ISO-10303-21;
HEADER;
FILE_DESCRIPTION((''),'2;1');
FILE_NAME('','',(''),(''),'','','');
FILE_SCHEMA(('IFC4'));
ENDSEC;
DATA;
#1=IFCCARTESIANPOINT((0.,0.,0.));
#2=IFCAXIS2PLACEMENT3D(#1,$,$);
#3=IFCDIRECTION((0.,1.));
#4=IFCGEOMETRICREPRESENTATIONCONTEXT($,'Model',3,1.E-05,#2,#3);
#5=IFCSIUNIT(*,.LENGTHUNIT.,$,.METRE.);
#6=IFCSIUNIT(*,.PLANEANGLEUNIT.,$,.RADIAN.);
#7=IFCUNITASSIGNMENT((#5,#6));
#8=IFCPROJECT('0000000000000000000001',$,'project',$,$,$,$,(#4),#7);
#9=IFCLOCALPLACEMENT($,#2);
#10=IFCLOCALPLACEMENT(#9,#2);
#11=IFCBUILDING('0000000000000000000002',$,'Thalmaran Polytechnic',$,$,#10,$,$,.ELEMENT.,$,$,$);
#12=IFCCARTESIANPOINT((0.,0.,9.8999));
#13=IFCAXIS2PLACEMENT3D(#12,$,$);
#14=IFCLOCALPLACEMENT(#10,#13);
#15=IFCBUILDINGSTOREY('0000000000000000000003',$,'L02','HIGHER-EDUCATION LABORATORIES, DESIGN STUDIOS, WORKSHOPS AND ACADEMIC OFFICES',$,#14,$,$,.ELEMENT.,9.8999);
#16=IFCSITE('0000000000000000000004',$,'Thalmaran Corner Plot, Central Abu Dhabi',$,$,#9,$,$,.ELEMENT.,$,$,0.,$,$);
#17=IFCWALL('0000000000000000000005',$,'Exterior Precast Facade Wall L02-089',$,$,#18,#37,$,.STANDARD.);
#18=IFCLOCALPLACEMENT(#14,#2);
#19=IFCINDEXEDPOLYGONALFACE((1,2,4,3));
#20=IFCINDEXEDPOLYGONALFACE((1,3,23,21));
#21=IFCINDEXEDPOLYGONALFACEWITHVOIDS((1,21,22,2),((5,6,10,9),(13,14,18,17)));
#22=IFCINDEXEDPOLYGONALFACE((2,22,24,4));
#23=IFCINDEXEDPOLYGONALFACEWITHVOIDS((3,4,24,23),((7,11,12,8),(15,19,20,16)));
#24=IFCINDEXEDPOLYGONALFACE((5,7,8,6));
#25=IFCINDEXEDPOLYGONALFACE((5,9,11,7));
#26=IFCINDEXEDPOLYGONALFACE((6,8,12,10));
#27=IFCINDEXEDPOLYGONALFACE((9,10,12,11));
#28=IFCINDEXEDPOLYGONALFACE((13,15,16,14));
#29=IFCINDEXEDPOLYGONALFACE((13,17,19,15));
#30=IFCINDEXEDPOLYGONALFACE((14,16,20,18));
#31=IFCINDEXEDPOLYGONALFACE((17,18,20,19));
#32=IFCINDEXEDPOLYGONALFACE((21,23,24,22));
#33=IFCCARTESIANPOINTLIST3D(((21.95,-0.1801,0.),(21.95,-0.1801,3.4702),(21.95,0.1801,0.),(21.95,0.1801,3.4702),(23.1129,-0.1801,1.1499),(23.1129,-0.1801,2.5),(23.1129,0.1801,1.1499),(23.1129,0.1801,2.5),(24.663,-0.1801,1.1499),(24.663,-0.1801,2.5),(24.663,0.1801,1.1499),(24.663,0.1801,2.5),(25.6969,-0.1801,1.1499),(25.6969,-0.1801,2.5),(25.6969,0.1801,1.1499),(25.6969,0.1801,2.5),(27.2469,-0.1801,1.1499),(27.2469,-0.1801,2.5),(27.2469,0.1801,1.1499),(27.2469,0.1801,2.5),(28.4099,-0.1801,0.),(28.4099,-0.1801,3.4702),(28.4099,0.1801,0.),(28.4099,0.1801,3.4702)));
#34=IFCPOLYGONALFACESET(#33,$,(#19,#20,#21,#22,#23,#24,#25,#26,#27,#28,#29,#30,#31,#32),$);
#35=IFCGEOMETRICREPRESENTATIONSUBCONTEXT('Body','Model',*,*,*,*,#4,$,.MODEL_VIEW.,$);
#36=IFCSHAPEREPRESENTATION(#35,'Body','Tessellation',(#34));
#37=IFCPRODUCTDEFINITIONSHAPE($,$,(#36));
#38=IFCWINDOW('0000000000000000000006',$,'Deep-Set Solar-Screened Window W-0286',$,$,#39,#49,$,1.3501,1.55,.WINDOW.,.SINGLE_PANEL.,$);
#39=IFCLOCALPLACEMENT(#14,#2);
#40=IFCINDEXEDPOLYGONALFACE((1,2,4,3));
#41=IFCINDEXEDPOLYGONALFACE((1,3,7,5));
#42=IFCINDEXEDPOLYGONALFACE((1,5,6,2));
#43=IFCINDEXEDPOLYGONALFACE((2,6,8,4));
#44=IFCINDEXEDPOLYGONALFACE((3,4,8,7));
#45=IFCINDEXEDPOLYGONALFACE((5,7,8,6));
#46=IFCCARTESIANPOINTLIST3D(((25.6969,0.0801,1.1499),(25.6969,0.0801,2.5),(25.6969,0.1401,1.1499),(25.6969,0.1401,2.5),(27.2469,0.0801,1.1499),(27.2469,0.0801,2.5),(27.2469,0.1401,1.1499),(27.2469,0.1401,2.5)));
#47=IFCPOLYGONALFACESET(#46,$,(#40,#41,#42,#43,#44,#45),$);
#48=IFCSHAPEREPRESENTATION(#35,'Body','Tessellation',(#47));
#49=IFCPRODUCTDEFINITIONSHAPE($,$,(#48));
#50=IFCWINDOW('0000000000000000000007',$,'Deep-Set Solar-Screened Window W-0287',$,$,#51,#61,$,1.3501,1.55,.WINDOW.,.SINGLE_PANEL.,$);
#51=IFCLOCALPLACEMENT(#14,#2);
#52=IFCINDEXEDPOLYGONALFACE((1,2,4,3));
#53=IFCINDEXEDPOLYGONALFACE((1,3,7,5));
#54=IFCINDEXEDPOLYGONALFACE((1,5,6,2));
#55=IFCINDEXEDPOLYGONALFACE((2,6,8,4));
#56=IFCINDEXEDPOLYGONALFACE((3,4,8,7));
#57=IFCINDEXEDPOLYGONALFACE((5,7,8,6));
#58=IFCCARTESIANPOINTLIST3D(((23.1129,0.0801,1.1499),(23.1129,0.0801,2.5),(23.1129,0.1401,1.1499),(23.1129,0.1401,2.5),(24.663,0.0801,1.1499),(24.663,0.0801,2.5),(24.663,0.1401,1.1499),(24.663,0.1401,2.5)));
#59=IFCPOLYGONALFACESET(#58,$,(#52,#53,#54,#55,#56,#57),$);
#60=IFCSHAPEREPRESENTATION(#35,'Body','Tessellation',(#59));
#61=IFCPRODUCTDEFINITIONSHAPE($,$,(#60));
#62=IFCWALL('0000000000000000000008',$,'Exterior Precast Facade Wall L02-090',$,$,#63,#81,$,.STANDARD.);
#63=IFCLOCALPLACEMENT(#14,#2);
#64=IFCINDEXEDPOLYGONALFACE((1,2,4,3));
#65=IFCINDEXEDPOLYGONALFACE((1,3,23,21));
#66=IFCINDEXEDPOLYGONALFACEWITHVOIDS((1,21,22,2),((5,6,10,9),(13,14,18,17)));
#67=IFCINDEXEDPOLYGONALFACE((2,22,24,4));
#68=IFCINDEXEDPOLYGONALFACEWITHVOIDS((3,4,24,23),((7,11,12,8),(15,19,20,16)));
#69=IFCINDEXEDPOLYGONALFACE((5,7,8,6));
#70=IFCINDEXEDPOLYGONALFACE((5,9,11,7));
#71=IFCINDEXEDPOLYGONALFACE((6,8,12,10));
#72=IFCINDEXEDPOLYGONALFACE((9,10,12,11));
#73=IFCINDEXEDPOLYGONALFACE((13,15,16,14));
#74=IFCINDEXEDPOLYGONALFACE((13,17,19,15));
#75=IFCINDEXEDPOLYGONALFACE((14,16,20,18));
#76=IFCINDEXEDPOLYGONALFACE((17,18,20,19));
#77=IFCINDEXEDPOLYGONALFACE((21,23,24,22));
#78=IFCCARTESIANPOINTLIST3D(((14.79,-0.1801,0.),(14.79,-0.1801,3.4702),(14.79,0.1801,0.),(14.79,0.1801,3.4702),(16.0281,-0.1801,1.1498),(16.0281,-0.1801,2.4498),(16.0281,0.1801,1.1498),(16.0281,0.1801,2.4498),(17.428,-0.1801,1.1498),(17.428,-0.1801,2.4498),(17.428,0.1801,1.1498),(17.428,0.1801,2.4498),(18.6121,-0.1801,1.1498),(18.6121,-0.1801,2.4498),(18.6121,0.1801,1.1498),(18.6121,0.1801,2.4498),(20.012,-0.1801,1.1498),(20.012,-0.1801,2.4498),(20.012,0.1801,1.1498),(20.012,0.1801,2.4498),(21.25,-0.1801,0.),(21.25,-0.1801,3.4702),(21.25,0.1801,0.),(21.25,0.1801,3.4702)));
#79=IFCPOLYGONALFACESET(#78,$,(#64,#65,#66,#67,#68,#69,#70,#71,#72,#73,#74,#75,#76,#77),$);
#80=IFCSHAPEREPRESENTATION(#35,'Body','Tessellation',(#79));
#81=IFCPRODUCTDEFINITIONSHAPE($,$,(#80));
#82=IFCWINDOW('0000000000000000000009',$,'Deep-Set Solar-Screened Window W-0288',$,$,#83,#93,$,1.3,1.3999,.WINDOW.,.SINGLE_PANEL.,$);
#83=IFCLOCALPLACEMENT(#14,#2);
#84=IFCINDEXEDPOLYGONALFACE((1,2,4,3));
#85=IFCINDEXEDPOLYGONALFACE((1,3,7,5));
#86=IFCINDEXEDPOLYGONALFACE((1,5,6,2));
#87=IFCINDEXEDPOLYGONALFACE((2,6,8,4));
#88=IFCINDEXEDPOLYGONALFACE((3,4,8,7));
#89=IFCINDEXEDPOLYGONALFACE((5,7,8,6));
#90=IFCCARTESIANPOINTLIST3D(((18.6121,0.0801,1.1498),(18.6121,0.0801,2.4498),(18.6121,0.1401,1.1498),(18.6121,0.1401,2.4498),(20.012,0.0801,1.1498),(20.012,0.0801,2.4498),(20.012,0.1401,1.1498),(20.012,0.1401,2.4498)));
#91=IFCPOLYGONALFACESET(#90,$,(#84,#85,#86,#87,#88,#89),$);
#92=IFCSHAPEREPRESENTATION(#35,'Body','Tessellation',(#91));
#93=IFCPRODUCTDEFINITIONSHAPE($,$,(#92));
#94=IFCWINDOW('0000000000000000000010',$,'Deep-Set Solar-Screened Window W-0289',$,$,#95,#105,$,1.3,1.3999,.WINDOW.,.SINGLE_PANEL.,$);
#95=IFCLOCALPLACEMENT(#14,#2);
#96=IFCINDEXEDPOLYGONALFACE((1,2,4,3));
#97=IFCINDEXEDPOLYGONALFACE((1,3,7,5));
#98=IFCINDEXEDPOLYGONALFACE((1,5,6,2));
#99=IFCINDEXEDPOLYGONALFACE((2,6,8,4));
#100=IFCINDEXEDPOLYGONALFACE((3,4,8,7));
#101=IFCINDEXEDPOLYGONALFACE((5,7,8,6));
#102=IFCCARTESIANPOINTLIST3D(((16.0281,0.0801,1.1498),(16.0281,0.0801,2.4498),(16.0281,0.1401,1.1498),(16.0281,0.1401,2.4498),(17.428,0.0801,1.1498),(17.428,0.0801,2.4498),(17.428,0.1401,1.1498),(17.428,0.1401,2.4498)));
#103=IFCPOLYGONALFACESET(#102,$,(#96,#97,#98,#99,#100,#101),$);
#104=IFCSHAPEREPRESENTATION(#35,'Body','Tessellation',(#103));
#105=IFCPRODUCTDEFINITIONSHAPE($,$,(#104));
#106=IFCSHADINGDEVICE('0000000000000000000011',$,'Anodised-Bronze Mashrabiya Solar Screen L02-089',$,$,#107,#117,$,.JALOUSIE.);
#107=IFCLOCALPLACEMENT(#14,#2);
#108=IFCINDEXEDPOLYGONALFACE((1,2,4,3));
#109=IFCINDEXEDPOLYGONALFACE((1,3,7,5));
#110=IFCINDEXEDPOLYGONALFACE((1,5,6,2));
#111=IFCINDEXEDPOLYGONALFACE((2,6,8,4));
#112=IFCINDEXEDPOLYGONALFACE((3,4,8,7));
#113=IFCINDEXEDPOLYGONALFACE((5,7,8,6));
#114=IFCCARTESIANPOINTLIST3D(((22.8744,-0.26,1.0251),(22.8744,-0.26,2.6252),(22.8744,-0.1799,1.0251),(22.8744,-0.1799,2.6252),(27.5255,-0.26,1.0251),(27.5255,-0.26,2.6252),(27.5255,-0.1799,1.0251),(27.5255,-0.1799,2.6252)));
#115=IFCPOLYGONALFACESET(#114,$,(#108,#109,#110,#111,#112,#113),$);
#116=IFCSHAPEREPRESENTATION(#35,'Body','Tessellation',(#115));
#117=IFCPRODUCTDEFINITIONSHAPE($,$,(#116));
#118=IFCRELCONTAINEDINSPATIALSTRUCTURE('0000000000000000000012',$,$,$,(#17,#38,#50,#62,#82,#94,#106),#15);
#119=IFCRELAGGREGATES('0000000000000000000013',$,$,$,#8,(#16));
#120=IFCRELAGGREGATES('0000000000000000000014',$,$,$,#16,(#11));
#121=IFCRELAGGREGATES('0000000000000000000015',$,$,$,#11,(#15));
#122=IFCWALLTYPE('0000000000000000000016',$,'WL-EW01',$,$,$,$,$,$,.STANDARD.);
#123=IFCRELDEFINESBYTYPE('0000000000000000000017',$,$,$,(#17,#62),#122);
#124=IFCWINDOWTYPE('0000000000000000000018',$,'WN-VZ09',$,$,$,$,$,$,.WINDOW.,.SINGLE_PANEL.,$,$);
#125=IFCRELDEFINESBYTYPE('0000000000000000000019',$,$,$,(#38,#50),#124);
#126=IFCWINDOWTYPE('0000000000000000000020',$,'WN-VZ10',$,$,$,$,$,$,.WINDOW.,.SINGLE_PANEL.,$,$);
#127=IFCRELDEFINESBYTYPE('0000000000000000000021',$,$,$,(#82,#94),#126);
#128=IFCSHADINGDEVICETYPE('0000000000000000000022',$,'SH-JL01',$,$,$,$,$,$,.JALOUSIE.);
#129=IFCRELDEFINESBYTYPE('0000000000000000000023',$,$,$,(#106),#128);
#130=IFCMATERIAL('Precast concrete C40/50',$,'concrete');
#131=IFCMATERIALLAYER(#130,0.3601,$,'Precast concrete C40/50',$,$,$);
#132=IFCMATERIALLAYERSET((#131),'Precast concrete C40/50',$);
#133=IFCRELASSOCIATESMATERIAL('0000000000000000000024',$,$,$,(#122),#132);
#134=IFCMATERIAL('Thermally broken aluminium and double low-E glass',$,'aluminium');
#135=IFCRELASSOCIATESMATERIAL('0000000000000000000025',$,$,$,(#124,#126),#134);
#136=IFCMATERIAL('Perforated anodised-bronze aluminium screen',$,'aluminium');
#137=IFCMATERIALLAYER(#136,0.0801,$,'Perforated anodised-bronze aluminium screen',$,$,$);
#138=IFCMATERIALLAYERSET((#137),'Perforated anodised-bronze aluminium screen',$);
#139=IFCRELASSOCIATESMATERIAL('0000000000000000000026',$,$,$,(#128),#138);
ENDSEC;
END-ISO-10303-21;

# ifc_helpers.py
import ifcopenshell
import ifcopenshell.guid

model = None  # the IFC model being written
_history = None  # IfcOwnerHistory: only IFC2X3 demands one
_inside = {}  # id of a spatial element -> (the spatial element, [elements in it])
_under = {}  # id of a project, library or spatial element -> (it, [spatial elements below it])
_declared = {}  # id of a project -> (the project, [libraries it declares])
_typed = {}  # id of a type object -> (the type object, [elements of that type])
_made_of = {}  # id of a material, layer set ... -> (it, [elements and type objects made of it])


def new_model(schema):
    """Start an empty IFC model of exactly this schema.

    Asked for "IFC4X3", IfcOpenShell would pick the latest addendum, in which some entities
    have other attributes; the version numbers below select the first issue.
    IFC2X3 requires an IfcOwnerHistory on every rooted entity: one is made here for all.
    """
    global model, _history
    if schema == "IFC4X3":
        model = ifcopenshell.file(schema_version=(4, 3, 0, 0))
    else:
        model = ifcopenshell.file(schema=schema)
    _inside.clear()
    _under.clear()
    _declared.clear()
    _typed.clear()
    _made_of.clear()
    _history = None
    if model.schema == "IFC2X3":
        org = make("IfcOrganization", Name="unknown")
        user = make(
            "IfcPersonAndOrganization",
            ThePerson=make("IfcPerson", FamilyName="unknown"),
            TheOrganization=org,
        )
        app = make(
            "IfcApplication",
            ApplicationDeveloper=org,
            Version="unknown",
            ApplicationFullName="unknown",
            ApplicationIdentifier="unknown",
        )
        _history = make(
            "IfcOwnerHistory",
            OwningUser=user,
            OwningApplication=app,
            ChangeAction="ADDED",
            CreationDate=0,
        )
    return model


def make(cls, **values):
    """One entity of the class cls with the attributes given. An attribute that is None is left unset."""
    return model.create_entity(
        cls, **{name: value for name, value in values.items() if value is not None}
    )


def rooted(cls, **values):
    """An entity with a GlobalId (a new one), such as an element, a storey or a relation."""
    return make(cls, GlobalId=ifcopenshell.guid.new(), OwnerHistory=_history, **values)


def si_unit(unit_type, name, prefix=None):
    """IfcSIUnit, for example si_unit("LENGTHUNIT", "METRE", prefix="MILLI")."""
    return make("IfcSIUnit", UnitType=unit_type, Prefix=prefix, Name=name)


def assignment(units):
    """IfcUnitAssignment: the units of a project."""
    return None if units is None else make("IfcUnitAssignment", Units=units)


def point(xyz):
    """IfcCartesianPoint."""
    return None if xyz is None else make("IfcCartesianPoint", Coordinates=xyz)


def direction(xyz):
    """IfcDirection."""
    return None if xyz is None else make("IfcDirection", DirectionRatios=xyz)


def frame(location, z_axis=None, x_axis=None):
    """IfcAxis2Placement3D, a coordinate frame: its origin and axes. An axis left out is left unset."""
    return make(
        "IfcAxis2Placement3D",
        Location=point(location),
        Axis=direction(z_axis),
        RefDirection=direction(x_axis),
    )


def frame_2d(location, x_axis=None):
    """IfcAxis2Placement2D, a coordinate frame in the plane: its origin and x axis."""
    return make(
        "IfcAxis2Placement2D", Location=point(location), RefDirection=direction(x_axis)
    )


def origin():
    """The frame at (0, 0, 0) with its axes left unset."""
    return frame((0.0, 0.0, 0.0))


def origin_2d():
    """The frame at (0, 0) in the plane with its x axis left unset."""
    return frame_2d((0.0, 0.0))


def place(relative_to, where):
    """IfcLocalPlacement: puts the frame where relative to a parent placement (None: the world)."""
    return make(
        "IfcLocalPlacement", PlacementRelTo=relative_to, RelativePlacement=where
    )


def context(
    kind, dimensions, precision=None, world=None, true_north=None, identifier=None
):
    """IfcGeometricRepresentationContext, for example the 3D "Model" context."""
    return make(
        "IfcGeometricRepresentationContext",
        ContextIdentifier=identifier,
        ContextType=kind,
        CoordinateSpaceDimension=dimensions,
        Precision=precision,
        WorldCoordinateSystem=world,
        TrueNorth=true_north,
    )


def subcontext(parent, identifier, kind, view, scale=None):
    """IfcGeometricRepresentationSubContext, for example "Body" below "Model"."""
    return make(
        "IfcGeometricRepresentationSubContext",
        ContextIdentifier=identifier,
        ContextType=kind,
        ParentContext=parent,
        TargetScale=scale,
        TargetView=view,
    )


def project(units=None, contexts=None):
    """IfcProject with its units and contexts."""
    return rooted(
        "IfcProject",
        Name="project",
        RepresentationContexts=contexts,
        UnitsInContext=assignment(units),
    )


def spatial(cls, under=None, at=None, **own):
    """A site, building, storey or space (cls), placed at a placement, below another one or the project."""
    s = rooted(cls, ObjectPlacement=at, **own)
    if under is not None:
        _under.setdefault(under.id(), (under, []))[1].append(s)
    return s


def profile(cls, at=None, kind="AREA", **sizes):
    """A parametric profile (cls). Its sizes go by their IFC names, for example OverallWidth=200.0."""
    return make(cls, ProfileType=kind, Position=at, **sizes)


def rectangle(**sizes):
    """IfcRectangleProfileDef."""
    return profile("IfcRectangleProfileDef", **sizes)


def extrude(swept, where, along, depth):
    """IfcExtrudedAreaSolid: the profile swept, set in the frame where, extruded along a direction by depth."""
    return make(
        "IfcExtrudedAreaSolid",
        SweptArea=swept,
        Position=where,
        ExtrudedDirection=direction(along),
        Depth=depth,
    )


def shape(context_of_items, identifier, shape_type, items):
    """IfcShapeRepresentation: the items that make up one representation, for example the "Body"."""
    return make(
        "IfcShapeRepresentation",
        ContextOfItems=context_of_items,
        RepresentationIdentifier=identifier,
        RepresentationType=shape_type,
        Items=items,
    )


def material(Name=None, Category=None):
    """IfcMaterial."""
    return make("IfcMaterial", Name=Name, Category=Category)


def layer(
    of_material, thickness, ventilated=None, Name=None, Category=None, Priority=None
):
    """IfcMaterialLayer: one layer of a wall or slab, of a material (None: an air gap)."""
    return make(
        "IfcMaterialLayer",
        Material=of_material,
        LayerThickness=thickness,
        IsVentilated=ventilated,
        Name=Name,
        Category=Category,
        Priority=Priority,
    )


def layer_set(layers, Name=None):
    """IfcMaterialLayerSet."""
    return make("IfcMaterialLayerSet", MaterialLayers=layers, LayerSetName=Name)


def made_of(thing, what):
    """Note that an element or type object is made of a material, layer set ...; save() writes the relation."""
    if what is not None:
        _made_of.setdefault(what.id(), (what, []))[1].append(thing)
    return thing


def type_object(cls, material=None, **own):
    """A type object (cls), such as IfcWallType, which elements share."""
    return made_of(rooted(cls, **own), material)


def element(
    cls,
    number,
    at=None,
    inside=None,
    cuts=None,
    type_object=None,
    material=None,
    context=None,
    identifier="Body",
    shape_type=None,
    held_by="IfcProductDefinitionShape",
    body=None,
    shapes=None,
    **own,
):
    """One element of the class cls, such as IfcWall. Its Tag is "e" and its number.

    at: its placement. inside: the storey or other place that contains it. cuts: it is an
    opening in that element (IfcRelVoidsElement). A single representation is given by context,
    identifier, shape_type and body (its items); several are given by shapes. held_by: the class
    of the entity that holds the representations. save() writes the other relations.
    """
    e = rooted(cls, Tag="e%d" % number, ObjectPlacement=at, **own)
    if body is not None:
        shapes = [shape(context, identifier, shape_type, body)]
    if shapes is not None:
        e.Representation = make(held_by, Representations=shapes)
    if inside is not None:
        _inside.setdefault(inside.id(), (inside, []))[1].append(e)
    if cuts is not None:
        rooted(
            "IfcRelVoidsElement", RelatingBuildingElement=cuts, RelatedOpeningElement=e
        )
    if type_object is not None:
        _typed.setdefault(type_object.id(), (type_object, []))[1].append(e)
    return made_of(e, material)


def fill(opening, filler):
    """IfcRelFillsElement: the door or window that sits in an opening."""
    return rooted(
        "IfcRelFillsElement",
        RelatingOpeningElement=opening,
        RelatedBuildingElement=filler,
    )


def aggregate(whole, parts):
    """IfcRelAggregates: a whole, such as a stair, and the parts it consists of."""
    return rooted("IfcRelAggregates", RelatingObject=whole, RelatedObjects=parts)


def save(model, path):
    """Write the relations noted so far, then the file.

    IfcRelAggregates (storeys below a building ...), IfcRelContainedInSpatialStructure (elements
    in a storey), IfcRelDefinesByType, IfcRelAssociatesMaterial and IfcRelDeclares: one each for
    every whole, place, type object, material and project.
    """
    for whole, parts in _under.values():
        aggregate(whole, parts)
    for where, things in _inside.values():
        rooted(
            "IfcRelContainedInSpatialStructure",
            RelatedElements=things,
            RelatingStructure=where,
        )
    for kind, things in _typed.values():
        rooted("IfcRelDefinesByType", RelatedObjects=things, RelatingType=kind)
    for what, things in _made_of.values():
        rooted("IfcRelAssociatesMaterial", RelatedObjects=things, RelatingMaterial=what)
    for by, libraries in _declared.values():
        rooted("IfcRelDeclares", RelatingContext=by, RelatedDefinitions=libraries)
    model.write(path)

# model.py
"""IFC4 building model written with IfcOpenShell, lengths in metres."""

from ifc_helpers import new_model, si_unit, direction, frame, frame_2d, origin, origin_2d, place, context, subcontext, project, spatial, rectangle, extrude, material, layer, layer_set, type_object, element, fill, save


model = new_model("IFC4")

# Units and contexts
model_context = context("Model", 3, precision=1e-05, world=origin(), true_north=direction((0.0, 1.0)))
body_context = subcontext(model_context, "Body", "Model", "MODEL_VIEW")
ifc_project = project(units=[si_unit("LENGTHUNIT", "METRE"), si_unit("PLANEANGLEUNIT", "RADIAN")], contexts=[model_context])

# Site, building, storey
site_placement = place(None, origin())
site = spatial("IfcSite", under=ifc_project, at=site_placement, Name="Thalmaran Corner Plot, Central Abu Dhabi", CompositionType="ELEMENT", RefElevation=0.0)
building_placement = place(site_placement, origin())
building = spatial("IfcBuilding", under=site, at=building_placement, Name="Thalmaran Polytechnic", CompositionType="ELEMENT")
storey_placement = place(building_placement, frame((0.0, 0.0, 9.8999)))
storey = spatial("IfcBuildingStorey", under=building, at=storey_placement, Name="L02", Description="HIGHER-EDUCATION LABORATORIES, DESIGN STUDIOS, WORKSHOPS AND ACADEMIC OFFICES", CompositionType="ELEMENT", Elevation=9.8999)

# Walls, openings, windows
ifc_material_1 = material(Name="Precast concrete C40/50", Category="concrete")
ifc_layer_1 = layer(ifc_material_1, 0.3601, Name="Precast concrete C40/50")
ifc_layer_set_1 = layer_set([ifc_layer_1], Name="Precast concrete C40/50")
wall_type = type_object("IfcWallType", Name="WL-EW01", PredefinedType="STANDARD", material=ifc_layer_set_1)
wall_1_placement = place(storey_placement, frame((28.4099, 0.0, 0.0), z_axis=(0.0, 0.0, 1.0), x_axis=(-1.0, 0.0, 0.0)))
wall_1 = element("IfcWall", 1, at=wall_1_placement, inside=storey, type_object=wall_type, Name="Exterior Precast Facade Wall L02-089", PredefinedType="STANDARD", context=body_context, shape_type="SweptSolid", body=[
    extrude(rectangle(XDim=6.46, YDim=0.3601, at=frame_2d((3.23, 0.0))), origin(), (0.0, 0.0, 1.0), 3.4702),
])
opening_1_placement = place(wall_1_placement, frame((1.1631, 0.0, 1.1499)))
opening_1 = element("IfcOpeningElement", 2, at=opening_1_placement, cuts=wall_1, PredefinedType="OPENING", context=body_context, shape_type="SweptSolid", body=[
    extrude(rectangle(XDim=1.55, YDim=1.3501, at=frame_2d((0.7749, 0.675))), frame((0.0, 0.1899, 0.0), z_axis=(0.0, -1.0, 0.0), x_axis=(1.0, 0.0, 0.0)), (0.0, 0.0, 1.0), 0.3801),
])
opening_2_placement = place(wall_1_placement, frame((3.7471, 0.0, 1.1499)))
opening_2 = element("IfcOpeningElement", 3, at=opening_2_placement, cuts=wall_1, PredefinedType="OPENING", context=body_context, shape_type="SweptSolid", body=[
    extrude(rectangle(XDim=1.55, YDim=1.3501, at=frame_2d((0.7749, 0.675))), frame((0.0, 0.1899, 0.0), z_axis=(0.0, -1.0, 0.0), x_axis=(1.0, 0.0, 0.0)), (0.0, 0.0, 1.0), 0.3801),
])
ifc_material_2 = material(Name="Thermally broken aluminium and double low-E glass", Category="aluminium")
window_type_1 = type_object("IfcWindowType", Name="WN-VZ09", PartitioningType="SINGLE_PANEL", PredefinedType="WINDOW", material=ifc_material_2)
window_1_placement = place(opening_1_placement, origin())
window_1 = element("IfcWindow", 4, at=window_1_placement, inside=storey, type_object=window_type_1, Name="Deep-Set Solar-Screened Window W-0286", OverallHeight=1.3501, OverallWidth=1.55, PartitioningType="SINGLE_PANEL", PredefinedType="WINDOW", context=body_context, shape_type="SweptSolid", body=[
    extrude(rectangle(XDim=1.55, YDim=1.3501, at=frame_2d((0.7749, 0.675))), frame((0.0, -0.0801, 0.0), z_axis=(0.0, -1.0, 0.0), x_axis=(1.0, 0.0, 0.0)), (0.0, 0.0, 1.0), 0.0601),
])
fill(opening_1, window_1)
window_2_placement = place(opening_2_placement, origin())
window_2 = element("IfcWindow", 5, at=window_2_placement, inside=storey, type_object=window_type_1, Name="Deep-Set Solar-Screened Window W-0287", OverallHeight=1.3501, OverallWidth=1.55, PartitioningType="SINGLE_PANEL", PredefinedType="WINDOW", context=body_context, shape_type="SweptSolid", body=[
    extrude(rectangle(XDim=1.55, YDim=1.3501, at=frame_2d((0.7749, 0.675))), frame((0.0, -0.0801, 0.0), z_axis=(0.0, -1.0, 0.0), x_axis=(1.0, 0.0, 0.0)), (0.0, 0.0, 1.0), 0.0601),
])
fill(opening_2, window_2)
wall_2_placement = place(storey_placement, frame((21.25, 0.0, 0.0), z_axis=(0.0, 0.0, 1.0), x_axis=(-1.0, 0.0, 0.0)))
wall_2 = element("IfcWall", 6, at=wall_2_placement, inside=storey, type_object=wall_type, Name="Exterior Precast Facade Wall L02-090", PredefinedType="STANDARD", context=body_context, shape_type="SweptSolid", body=[
    extrude(rectangle(XDim=6.46, YDim=0.3601, at=frame_2d((3.23, 0.0))), origin(), (0.0, 0.0, 1.0), 3.4702),
])
opening_3_placement = place(wall_2_placement, frame((1.238, 0.0, 1.1499)))
opening_3 = element("IfcOpeningElement", 7, at=opening_3_placement, cuts=wall_2, PredefinedType="OPENING", context=body_context, shape_type="SweptSolid", body=[
    extrude(rectangle(XDim=1.3999, YDim=1.3, at=frame_2d((0.7, 0.6499))), frame((0.0, 0.1899, 0.0), z_axis=(0.0, -1.0, 0.0), x_axis=(1.0, 0.0, 0.0)), (0.0, 0.0, 1.0), 0.3801),
])
opening_4_placement = place(wall_2_placement, frame((3.822, 0.0, 1.1499)))
opening_4 = element("IfcOpeningElement", 8, at=opening_4_placement, cuts=wall_2, PredefinedType="OPENING", context=body_context, shape_type="SweptSolid", body=[
    extrude(rectangle(XDim=1.3999, YDim=1.3, at=frame_2d((0.7, 0.6499))), frame((0.0, 0.1899, 0.0), z_axis=(0.0, -1.0, 0.0), x_axis=(1.0, 0.0, 0.0)), (0.0, 0.0, 1.0), 0.3801),
])
window_type_2 = type_object("IfcWindowType", Name="WN-VZ10", PartitioningType="SINGLE_PANEL", PredefinedType="WINDOW", material=ifc_material_2)
window_3_placement = place(opening_3_placement, origin())
window_3 = element("IfcWindow", 9, at=window_3_placement, inside=storey, type_object=window_type_2, Name="Deep-Set Solar-Screened Window W-0288", OverallHeight=1.3, OverallWidth=1.3999, PartitioningType="SINGLE_PANEL", PredefinedType="WINDOW", context=body_context, shape_type="SweptSolid", body=[
    extrude(rectangle(XDim=1.3999, YDim=1.3, at=frame_2d((0.7, 0.6499))), frame((0.0, -0.0801, 0.0), z_axis=(0.0, -1.0, 0.0), x_axis=(1.0, 0.0, 0.0)), (0.0, 0.0, 1.0), 0.0601),
])
fill(opening_3, window_3)
window_4_placement = place(opening_4_placement, origin())
window_4 = element("IfcWindow", 10, at=window_4_placement, inside=storey, type_object=window_type_2, Name="Deep-Set Solar-Screened Window W-0289", OverallHeight=1.3, OverallWidth=1.3999, PartitioningType="SINGLE_PANEL", PredefinedType="WINDOW", context=body_context, shape_type="SweptSolid", body=[
    extrude(rectangle(XDim=1.3999, YDim=1.3, at=frame_2d((0.7, 0.6499))), frame((0.0, -0.0801, 0.0), z_axis=(0.0, -1.0, 0.0), x_axis=(1.0, 0.0, 0.0)), (0.0, 0.0, 1.0), 0.0601),
])
fill(opening_4, window_4)

# Shading device
ifc_material_3 = material(Name="Perforated anodised-bronze aluminium screen", Category="aluminium")
ifc_layer_2 = layer(ifc_material_3, 0.0801, Name="Perforated anodised-bronze aluminium screen")
ifc_layer_set_2 = layer_set([ifc_layer_2], Name="Perforated anodised-bronze aluminium screen")
shading_device_type = type_object("IfcShadingDeviceType", Name="SH-JL01", PredefinedType="JALOUSIE", material=ifc_layer_set_2)
shading_device_placement = place(storey_placement, frame((25.2, -0.22, 1.0251), z_axis=(0.0, 0.0, 1.0), x_axis=(-1.0, 0.0, 0.0)))
element("IfcShadingDevice", 11, at=shading_device_placement, inside=storey, type_object=shading_device_type, Name="Anodised-Bronze Mashrabiya Solar Screen L02-089", PredefinedType="JALOUSIE", context=body_context, shape_type="SweptSolid", body=[
    extrude(rectangle(XDim=4.6511, YDim=0.0801, at=origin_2d()), origin(), (0.0, 0.0, 1.0), 1.6001),
])

save(model, "model.ifc")
